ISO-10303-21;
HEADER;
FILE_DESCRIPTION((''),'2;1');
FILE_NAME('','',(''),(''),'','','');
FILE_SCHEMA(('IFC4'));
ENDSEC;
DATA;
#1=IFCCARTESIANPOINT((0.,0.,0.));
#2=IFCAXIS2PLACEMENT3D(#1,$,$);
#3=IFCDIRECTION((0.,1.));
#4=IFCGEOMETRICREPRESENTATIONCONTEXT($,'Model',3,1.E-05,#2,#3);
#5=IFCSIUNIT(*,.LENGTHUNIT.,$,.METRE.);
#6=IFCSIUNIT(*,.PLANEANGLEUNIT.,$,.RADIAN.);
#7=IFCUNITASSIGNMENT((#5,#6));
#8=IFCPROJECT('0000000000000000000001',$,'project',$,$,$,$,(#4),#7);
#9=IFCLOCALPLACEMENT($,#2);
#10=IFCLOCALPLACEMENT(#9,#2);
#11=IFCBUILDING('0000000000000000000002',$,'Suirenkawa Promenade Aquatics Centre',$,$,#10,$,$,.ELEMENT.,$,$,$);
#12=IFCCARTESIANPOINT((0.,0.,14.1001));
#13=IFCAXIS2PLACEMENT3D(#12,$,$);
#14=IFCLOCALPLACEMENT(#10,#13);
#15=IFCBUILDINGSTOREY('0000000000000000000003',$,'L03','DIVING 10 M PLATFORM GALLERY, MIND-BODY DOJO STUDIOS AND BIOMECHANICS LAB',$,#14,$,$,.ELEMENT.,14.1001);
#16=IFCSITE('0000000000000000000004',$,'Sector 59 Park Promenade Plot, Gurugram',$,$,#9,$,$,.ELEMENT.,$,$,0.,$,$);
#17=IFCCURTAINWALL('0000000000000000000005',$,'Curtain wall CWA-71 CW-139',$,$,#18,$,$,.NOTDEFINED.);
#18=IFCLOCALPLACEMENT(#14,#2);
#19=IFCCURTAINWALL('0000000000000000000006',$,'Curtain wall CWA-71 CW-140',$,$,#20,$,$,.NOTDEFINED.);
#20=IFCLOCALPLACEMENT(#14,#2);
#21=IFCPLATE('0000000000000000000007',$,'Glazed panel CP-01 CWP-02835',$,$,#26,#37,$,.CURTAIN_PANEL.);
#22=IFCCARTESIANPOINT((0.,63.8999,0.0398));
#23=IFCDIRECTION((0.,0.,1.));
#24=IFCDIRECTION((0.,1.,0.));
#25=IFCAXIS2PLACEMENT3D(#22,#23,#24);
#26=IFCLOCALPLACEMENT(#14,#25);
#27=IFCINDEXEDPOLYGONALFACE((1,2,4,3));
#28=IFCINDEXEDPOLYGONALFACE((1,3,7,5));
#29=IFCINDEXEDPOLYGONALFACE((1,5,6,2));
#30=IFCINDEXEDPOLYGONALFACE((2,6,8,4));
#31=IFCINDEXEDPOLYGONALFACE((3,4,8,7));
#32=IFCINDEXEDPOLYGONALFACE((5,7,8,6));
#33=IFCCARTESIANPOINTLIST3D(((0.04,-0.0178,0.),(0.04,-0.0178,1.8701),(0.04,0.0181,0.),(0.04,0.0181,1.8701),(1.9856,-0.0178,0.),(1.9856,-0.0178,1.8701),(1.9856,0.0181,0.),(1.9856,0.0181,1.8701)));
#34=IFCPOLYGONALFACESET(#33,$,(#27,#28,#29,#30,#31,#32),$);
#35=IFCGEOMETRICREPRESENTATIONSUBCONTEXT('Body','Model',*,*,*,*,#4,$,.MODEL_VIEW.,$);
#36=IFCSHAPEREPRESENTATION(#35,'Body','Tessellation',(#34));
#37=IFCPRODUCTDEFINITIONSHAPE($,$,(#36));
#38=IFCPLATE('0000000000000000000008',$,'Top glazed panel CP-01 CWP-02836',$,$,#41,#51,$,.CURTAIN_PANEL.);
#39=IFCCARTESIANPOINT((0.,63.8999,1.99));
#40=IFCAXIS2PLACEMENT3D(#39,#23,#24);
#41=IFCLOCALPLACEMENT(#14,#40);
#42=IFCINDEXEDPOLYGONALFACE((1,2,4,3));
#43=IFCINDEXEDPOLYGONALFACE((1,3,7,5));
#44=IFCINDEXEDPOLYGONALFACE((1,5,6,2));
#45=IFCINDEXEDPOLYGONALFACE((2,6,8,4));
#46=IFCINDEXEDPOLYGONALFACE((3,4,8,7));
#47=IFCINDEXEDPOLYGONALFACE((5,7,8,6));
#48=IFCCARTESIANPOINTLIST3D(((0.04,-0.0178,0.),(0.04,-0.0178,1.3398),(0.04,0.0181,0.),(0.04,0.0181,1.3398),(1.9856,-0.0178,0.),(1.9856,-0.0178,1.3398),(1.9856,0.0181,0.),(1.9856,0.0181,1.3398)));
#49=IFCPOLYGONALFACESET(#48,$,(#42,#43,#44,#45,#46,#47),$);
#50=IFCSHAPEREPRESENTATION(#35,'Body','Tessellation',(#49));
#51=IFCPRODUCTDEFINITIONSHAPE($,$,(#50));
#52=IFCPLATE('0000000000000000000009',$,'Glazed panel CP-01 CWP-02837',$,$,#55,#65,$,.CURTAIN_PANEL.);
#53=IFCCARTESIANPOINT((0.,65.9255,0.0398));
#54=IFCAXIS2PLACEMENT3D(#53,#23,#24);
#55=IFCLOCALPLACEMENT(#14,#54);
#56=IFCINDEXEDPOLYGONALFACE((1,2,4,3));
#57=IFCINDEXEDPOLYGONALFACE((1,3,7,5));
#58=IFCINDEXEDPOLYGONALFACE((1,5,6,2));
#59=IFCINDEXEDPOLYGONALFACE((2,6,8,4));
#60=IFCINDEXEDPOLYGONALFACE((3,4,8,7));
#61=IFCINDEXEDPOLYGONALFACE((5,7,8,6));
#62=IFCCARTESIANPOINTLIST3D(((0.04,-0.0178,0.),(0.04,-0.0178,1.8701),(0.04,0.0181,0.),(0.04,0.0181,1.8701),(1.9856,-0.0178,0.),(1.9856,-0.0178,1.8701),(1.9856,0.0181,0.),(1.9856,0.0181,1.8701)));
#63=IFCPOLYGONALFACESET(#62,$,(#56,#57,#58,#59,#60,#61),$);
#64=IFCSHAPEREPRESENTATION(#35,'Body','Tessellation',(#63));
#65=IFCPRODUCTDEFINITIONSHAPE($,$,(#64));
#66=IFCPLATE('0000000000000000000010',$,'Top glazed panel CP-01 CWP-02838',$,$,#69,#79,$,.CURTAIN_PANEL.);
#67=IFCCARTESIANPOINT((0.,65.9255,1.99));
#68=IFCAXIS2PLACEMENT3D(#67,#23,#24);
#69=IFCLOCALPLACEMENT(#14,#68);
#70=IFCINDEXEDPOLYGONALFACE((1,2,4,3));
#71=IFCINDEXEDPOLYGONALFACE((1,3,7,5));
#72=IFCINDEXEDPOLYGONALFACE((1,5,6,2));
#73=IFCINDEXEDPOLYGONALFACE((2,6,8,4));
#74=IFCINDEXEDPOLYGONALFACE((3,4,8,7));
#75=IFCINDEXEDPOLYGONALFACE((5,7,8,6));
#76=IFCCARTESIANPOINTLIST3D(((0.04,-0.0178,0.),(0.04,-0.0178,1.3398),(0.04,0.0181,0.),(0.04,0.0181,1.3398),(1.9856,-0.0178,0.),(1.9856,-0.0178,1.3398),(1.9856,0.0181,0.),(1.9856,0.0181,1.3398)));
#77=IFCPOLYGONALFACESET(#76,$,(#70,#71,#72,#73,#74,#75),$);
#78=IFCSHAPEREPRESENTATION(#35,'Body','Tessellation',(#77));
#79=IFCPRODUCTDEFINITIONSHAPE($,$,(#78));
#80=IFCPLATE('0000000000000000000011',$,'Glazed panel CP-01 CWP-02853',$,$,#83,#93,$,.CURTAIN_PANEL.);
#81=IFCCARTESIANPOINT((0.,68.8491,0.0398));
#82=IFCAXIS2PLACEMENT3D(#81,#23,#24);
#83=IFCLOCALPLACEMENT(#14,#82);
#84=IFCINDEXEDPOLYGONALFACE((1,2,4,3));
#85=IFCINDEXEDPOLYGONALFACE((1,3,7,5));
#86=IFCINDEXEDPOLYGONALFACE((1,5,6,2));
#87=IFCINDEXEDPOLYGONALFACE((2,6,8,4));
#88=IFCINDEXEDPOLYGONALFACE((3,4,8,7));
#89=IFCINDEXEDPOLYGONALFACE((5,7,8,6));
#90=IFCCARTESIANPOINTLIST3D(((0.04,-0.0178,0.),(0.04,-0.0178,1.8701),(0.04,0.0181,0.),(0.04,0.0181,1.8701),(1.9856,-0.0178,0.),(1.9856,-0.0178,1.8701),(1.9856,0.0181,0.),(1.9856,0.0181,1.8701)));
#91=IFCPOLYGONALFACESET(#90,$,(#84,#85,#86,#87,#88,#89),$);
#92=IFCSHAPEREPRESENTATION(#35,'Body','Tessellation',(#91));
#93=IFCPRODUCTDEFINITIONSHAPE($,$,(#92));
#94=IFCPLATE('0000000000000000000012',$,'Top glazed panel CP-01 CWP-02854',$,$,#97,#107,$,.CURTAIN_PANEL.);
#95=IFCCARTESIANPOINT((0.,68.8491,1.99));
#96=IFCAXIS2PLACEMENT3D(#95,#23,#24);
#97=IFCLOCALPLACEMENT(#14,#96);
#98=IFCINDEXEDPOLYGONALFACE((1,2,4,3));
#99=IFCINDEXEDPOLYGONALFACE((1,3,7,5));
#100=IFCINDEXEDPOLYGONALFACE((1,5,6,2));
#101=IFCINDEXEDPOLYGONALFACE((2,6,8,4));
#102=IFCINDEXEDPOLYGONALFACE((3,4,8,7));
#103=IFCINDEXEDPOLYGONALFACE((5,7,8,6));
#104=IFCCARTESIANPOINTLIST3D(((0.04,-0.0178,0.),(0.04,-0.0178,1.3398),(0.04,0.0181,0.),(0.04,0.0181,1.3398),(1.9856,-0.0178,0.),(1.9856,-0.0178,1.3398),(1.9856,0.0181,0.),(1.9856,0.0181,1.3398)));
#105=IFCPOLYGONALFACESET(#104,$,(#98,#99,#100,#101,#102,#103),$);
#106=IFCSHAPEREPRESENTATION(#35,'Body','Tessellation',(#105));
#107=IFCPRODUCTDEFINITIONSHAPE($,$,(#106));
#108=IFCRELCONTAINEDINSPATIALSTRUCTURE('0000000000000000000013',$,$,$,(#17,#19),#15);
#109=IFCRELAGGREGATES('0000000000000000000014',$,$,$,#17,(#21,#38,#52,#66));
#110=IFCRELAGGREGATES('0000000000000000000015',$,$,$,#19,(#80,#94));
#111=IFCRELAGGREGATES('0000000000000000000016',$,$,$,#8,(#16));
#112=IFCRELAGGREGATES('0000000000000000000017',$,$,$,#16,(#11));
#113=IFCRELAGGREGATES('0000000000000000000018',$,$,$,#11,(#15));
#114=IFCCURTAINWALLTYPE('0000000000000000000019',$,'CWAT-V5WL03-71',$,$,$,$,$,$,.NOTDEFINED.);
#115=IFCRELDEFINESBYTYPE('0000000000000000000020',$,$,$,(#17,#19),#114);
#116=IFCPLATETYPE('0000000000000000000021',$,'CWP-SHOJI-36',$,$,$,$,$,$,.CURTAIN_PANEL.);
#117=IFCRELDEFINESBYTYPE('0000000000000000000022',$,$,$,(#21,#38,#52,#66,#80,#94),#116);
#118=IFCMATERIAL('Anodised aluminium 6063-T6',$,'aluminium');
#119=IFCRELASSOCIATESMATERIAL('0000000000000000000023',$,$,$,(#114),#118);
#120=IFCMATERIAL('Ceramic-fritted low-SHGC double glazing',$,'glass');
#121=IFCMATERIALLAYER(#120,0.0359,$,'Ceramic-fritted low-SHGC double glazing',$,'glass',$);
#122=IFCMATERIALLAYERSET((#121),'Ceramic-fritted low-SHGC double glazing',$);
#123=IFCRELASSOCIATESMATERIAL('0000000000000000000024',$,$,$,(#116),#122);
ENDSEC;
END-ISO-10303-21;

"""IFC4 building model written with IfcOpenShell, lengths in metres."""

from ifc_helpers import new_model, si_unit, direction, frame, origin, place, context, subcontext, project, spatial, polyline, outline, extrude, material, layer, layer_set, type_object, element, aggregate, save


model = new_model("IFC4")

# Units and contexts
model_context = context("Model", 3, precision=1e-05, world=origin(), true_north=direction((0.0, 1.0)))
body_context = subcontext(model_context, "Body", "Model", "MODEL_VIEW")
ifc_project = project(units=[si_unit("LENGTHUNIT", "METRE"), si_unit("PLANEANGLEUNIT", "RADIAN")], contexts=[model_context])

# Site, building, storey
site_placement = place(None, origin())
site = spatial("IfcSite", under=ifc_project, at=site_placement, Name="Sector 59 Park Promenade Plot, Gurugram", CompositionType="ELEMENT", RefElevation=0.0)
building_placement = place(site_placement, origin())
building = spatial("IfcBuilding", under=site, at=building_placement, Name="Suirenkawa Promenade Aquatics Centre", CompositionType="ELEMENT")
storey_placement = place(building_placement, frame((0.0, 0.0, 14.1001)))
storey = spatial("IfcBuildingStorey", under=building, at=storey_placement, Name="L03", Description="DIVING 10 M PLATFORM GALLERY, MIND-BODY DOJO STUDIOS AND BIOMECHANICS LAB", CompositionType="ELEMENT", Elevation=14.1001)

# Curtain wall
ifc_material_1 = material(Name="Anodised aluminium 6063-T6", Category="aluminium")
curtain_wall_type = type_object("IfcCurtainWallType", Name="CWAT-V5WL03-71", PredefinedType="NOTDEFINED", material=ifc_material_1)
curtain_wall_1_placement = place(storey_placement, origin())
curtain_wall_1 = element("IfcCurtainWall", 1, at=curtain_wall_1_placement, inside=storey, type_object=curtain_wall_type, Name="Curtain wall CWA-71 CW-139", PredefinedType="NOTDEFINED")

# Curtain wall
curtain_wall_2_placement = place(storey_placement, origin())
curtain_wall_2 = element("IfcCurtainWall", 2, at=curtain_wall_2_placement, inside=storey, type_object=curtain_wall_type, Name="Curtain wall CWA-71 CW-140", PredefinedType="NOTDEFINED")

# Plates
ifc_material_2 = material(Name="Ceramic-fritted low-SHGC double glazing", Category="glass")
ifc_layer_1 = layer(ifc_material_2, 0.0359, Name="Ceramic-fritted low-SHGC double glazing", Category="glass")
ifc_layer_set_1 = layer_set([ifc_layer_1], Name="Ceramic-fritted low-SHGC double glazing")
plate_type = type_object("IfcPlateType", Name="CWP-SHOJI-36", PredefinedType="CURTAIN_PANEL", material=ifc_layer_set_1)
plate_1_placement = place(storey_placement, frame((0.0, 63.8999, 0.0398), z_axis=(0.0, 0.0, 1.0), x_axis=(0.0, 1.0, 0.0)))
plate_1 = element("IfcPlate", 3, at=plate_1_placement, type_object=plate_type, Name="Glazed panel CP-01 CWP-02835", PredefinedType="CURTAIN_PANEL", context=body_context, shape_type="SweptSolid", body=[
    extrude(outline(polyline([(0.04, 0.0), (1.9856, 0.0), (1.9856, 1.8701), (0.04, 1.8701), (0.04, 0.0)])), frame((0.0, 0.0181, 0.0), z_axis=(0.0, -1.0, 0.0), x_axis=(1.0, 0.0, 0.0)), (0.0, 0.0, 1.0), 0.0359),
])
plate_2_placement = place(storey_placement, frame((0.0, 63.8999, 1.99), z_axis=(0.0, 0.0, 1.0), x_axis=(0.0, 1.0, 0.0)))
plate_2 = element("IfcPlate", 4, at=plate_2_placement, type_object=plate_type, Name="Top glazed panel CP-01 CWP-02836", PredefinedType="CURTAIN_PANEL", context=body_context, shape_type="SweptSolid", body=[
    extrude(outline(polyline([(0.04, 0.0), (1.9856, 0.0), (1.9856, 1.3398), (0.04, 1.3398), (0.04, 0.0)])), frame((0.0, 0.0181, 0.0), z_axis=(0.0, -1.0, 0.0), x_axis=(1.0, 0.0, 0.0)), (0.0, 0.0, 1.0), 0.0359),
])
plate_3_placement = place(storey_placement, frame((0.0, 65.9255, 0.0398), z_axis=(0.0, 0.0, 1.0), x_axis=(0.0, 1.0, 0.0)))
plate_3 = element("IfcPlate", 5, at=plate_3_placement, type_object=plate_type, Name="Glazed panel CP-01 CWP-02837", PredefinedType="CURTAIN_PANEL", context=body_context, shape_type="SweptSolid", body=[
    extrude(outline(polyline([(0.04, 0.0), (1.9856, 0.0), (1.9856, 1.8701), (0.04, 1.8701), (0.04, 0.0)])), frame((0.0, 0.0181, 0.0), z_axis=(0.0, -1.0, 0.0), x_axis=(1.0, 0.0, 0.0)), (0.0, 0.0, 1.0), 0.0359),
])
plate_4_placement = place(storey_placement, frame((0.0, 65.9255, 1.99), z_axis=(0.0, 0.0, 1.0), x_axis=(0.0, 1.0, 0.0)))
plate_4 = element("IfcPlate", 6, at=plate_4_placement, type_object=plate_type, Name="Top glazed panel CP-01 CWP-02838", PredefinedType="CURTAIN_PANEL", context=body_context, shape_type="SweptSolid", body=[
    extrude(outline(polyline([(0.04, 0.0), (1.9856, 0.0), (1.9856, 1.3398), (0.04, 1.3398), (0.04, 0.0)])), frame((0.0, 0.0181, 0.0), z_axis=(0.0, -1.0, 0.0), x_axis=(1.0, 0.0, 0.0)), (0.0, 0.0, 1.0), 0.0359),
])
aggregate(curtain_wall_1, [plate_1, plate_2, plate_3, plate_4])
plate_5_placement = place(storey_placement, frame((0.0, 68.8491, 0.0398), z_axis=(0.0, 0.0, 1.0), x_axis=(0.0, 1.0, 0.0)))
plate_5 = element("IfcPlate", 7, at=plate_5_placement, type_object=plate_type, Name="Glazed panel CP-01 CWP-02853", PredefinedType="CURTAIN_PANEL", context=body_context, shape_type="SweptSolid", body=[
    extrude(outline(polyline([(0.04, 0.0), (1.9856, 0.0), (1.9856, 1.8701), (0.04, 1.8701), (0.04, 0.0)])), frame((0.0, 0.0181, 0.0), z_axis=(0.0, -1.0, 0.0), x_axis=(1.0, 0.0, 0.0)), (0.0, 0.0, 1.0), 0.0359),
])
plate_6_placement = place(storey_placement, frame((0.0, 68.8491, 1.99), z_axis=(0.0, 0.0, 1.0), x_axis=(0.0, 1.0, 0.0)))
plate_6 = element("IfcPlate", 8, at=plate_6_placement, type_object=plate_type, Name="Top glazed panel CP-01 CWP-02854", PredefinedType="CURTAIN_PANEL", context=body_context, shape_type="SweptSolid", body=[
    extrude(outline(polyline([(0.04, 0.0), (1.9856, 0.0), (1.9856, 1.3398), (0.04, 1.3398), (0.04, 0.0)])), frame((0.0, 0.0181, 0.0), z_axis=(0.0, -1.0, 0.0), x_axis=(1.0, 0.0, 0.0)), (0.0, 0.0, 1.0), 0.0359),
])
aggregate(curtain_wall_2, [plate_5, plate_6])

save(model, "model.ifc")
